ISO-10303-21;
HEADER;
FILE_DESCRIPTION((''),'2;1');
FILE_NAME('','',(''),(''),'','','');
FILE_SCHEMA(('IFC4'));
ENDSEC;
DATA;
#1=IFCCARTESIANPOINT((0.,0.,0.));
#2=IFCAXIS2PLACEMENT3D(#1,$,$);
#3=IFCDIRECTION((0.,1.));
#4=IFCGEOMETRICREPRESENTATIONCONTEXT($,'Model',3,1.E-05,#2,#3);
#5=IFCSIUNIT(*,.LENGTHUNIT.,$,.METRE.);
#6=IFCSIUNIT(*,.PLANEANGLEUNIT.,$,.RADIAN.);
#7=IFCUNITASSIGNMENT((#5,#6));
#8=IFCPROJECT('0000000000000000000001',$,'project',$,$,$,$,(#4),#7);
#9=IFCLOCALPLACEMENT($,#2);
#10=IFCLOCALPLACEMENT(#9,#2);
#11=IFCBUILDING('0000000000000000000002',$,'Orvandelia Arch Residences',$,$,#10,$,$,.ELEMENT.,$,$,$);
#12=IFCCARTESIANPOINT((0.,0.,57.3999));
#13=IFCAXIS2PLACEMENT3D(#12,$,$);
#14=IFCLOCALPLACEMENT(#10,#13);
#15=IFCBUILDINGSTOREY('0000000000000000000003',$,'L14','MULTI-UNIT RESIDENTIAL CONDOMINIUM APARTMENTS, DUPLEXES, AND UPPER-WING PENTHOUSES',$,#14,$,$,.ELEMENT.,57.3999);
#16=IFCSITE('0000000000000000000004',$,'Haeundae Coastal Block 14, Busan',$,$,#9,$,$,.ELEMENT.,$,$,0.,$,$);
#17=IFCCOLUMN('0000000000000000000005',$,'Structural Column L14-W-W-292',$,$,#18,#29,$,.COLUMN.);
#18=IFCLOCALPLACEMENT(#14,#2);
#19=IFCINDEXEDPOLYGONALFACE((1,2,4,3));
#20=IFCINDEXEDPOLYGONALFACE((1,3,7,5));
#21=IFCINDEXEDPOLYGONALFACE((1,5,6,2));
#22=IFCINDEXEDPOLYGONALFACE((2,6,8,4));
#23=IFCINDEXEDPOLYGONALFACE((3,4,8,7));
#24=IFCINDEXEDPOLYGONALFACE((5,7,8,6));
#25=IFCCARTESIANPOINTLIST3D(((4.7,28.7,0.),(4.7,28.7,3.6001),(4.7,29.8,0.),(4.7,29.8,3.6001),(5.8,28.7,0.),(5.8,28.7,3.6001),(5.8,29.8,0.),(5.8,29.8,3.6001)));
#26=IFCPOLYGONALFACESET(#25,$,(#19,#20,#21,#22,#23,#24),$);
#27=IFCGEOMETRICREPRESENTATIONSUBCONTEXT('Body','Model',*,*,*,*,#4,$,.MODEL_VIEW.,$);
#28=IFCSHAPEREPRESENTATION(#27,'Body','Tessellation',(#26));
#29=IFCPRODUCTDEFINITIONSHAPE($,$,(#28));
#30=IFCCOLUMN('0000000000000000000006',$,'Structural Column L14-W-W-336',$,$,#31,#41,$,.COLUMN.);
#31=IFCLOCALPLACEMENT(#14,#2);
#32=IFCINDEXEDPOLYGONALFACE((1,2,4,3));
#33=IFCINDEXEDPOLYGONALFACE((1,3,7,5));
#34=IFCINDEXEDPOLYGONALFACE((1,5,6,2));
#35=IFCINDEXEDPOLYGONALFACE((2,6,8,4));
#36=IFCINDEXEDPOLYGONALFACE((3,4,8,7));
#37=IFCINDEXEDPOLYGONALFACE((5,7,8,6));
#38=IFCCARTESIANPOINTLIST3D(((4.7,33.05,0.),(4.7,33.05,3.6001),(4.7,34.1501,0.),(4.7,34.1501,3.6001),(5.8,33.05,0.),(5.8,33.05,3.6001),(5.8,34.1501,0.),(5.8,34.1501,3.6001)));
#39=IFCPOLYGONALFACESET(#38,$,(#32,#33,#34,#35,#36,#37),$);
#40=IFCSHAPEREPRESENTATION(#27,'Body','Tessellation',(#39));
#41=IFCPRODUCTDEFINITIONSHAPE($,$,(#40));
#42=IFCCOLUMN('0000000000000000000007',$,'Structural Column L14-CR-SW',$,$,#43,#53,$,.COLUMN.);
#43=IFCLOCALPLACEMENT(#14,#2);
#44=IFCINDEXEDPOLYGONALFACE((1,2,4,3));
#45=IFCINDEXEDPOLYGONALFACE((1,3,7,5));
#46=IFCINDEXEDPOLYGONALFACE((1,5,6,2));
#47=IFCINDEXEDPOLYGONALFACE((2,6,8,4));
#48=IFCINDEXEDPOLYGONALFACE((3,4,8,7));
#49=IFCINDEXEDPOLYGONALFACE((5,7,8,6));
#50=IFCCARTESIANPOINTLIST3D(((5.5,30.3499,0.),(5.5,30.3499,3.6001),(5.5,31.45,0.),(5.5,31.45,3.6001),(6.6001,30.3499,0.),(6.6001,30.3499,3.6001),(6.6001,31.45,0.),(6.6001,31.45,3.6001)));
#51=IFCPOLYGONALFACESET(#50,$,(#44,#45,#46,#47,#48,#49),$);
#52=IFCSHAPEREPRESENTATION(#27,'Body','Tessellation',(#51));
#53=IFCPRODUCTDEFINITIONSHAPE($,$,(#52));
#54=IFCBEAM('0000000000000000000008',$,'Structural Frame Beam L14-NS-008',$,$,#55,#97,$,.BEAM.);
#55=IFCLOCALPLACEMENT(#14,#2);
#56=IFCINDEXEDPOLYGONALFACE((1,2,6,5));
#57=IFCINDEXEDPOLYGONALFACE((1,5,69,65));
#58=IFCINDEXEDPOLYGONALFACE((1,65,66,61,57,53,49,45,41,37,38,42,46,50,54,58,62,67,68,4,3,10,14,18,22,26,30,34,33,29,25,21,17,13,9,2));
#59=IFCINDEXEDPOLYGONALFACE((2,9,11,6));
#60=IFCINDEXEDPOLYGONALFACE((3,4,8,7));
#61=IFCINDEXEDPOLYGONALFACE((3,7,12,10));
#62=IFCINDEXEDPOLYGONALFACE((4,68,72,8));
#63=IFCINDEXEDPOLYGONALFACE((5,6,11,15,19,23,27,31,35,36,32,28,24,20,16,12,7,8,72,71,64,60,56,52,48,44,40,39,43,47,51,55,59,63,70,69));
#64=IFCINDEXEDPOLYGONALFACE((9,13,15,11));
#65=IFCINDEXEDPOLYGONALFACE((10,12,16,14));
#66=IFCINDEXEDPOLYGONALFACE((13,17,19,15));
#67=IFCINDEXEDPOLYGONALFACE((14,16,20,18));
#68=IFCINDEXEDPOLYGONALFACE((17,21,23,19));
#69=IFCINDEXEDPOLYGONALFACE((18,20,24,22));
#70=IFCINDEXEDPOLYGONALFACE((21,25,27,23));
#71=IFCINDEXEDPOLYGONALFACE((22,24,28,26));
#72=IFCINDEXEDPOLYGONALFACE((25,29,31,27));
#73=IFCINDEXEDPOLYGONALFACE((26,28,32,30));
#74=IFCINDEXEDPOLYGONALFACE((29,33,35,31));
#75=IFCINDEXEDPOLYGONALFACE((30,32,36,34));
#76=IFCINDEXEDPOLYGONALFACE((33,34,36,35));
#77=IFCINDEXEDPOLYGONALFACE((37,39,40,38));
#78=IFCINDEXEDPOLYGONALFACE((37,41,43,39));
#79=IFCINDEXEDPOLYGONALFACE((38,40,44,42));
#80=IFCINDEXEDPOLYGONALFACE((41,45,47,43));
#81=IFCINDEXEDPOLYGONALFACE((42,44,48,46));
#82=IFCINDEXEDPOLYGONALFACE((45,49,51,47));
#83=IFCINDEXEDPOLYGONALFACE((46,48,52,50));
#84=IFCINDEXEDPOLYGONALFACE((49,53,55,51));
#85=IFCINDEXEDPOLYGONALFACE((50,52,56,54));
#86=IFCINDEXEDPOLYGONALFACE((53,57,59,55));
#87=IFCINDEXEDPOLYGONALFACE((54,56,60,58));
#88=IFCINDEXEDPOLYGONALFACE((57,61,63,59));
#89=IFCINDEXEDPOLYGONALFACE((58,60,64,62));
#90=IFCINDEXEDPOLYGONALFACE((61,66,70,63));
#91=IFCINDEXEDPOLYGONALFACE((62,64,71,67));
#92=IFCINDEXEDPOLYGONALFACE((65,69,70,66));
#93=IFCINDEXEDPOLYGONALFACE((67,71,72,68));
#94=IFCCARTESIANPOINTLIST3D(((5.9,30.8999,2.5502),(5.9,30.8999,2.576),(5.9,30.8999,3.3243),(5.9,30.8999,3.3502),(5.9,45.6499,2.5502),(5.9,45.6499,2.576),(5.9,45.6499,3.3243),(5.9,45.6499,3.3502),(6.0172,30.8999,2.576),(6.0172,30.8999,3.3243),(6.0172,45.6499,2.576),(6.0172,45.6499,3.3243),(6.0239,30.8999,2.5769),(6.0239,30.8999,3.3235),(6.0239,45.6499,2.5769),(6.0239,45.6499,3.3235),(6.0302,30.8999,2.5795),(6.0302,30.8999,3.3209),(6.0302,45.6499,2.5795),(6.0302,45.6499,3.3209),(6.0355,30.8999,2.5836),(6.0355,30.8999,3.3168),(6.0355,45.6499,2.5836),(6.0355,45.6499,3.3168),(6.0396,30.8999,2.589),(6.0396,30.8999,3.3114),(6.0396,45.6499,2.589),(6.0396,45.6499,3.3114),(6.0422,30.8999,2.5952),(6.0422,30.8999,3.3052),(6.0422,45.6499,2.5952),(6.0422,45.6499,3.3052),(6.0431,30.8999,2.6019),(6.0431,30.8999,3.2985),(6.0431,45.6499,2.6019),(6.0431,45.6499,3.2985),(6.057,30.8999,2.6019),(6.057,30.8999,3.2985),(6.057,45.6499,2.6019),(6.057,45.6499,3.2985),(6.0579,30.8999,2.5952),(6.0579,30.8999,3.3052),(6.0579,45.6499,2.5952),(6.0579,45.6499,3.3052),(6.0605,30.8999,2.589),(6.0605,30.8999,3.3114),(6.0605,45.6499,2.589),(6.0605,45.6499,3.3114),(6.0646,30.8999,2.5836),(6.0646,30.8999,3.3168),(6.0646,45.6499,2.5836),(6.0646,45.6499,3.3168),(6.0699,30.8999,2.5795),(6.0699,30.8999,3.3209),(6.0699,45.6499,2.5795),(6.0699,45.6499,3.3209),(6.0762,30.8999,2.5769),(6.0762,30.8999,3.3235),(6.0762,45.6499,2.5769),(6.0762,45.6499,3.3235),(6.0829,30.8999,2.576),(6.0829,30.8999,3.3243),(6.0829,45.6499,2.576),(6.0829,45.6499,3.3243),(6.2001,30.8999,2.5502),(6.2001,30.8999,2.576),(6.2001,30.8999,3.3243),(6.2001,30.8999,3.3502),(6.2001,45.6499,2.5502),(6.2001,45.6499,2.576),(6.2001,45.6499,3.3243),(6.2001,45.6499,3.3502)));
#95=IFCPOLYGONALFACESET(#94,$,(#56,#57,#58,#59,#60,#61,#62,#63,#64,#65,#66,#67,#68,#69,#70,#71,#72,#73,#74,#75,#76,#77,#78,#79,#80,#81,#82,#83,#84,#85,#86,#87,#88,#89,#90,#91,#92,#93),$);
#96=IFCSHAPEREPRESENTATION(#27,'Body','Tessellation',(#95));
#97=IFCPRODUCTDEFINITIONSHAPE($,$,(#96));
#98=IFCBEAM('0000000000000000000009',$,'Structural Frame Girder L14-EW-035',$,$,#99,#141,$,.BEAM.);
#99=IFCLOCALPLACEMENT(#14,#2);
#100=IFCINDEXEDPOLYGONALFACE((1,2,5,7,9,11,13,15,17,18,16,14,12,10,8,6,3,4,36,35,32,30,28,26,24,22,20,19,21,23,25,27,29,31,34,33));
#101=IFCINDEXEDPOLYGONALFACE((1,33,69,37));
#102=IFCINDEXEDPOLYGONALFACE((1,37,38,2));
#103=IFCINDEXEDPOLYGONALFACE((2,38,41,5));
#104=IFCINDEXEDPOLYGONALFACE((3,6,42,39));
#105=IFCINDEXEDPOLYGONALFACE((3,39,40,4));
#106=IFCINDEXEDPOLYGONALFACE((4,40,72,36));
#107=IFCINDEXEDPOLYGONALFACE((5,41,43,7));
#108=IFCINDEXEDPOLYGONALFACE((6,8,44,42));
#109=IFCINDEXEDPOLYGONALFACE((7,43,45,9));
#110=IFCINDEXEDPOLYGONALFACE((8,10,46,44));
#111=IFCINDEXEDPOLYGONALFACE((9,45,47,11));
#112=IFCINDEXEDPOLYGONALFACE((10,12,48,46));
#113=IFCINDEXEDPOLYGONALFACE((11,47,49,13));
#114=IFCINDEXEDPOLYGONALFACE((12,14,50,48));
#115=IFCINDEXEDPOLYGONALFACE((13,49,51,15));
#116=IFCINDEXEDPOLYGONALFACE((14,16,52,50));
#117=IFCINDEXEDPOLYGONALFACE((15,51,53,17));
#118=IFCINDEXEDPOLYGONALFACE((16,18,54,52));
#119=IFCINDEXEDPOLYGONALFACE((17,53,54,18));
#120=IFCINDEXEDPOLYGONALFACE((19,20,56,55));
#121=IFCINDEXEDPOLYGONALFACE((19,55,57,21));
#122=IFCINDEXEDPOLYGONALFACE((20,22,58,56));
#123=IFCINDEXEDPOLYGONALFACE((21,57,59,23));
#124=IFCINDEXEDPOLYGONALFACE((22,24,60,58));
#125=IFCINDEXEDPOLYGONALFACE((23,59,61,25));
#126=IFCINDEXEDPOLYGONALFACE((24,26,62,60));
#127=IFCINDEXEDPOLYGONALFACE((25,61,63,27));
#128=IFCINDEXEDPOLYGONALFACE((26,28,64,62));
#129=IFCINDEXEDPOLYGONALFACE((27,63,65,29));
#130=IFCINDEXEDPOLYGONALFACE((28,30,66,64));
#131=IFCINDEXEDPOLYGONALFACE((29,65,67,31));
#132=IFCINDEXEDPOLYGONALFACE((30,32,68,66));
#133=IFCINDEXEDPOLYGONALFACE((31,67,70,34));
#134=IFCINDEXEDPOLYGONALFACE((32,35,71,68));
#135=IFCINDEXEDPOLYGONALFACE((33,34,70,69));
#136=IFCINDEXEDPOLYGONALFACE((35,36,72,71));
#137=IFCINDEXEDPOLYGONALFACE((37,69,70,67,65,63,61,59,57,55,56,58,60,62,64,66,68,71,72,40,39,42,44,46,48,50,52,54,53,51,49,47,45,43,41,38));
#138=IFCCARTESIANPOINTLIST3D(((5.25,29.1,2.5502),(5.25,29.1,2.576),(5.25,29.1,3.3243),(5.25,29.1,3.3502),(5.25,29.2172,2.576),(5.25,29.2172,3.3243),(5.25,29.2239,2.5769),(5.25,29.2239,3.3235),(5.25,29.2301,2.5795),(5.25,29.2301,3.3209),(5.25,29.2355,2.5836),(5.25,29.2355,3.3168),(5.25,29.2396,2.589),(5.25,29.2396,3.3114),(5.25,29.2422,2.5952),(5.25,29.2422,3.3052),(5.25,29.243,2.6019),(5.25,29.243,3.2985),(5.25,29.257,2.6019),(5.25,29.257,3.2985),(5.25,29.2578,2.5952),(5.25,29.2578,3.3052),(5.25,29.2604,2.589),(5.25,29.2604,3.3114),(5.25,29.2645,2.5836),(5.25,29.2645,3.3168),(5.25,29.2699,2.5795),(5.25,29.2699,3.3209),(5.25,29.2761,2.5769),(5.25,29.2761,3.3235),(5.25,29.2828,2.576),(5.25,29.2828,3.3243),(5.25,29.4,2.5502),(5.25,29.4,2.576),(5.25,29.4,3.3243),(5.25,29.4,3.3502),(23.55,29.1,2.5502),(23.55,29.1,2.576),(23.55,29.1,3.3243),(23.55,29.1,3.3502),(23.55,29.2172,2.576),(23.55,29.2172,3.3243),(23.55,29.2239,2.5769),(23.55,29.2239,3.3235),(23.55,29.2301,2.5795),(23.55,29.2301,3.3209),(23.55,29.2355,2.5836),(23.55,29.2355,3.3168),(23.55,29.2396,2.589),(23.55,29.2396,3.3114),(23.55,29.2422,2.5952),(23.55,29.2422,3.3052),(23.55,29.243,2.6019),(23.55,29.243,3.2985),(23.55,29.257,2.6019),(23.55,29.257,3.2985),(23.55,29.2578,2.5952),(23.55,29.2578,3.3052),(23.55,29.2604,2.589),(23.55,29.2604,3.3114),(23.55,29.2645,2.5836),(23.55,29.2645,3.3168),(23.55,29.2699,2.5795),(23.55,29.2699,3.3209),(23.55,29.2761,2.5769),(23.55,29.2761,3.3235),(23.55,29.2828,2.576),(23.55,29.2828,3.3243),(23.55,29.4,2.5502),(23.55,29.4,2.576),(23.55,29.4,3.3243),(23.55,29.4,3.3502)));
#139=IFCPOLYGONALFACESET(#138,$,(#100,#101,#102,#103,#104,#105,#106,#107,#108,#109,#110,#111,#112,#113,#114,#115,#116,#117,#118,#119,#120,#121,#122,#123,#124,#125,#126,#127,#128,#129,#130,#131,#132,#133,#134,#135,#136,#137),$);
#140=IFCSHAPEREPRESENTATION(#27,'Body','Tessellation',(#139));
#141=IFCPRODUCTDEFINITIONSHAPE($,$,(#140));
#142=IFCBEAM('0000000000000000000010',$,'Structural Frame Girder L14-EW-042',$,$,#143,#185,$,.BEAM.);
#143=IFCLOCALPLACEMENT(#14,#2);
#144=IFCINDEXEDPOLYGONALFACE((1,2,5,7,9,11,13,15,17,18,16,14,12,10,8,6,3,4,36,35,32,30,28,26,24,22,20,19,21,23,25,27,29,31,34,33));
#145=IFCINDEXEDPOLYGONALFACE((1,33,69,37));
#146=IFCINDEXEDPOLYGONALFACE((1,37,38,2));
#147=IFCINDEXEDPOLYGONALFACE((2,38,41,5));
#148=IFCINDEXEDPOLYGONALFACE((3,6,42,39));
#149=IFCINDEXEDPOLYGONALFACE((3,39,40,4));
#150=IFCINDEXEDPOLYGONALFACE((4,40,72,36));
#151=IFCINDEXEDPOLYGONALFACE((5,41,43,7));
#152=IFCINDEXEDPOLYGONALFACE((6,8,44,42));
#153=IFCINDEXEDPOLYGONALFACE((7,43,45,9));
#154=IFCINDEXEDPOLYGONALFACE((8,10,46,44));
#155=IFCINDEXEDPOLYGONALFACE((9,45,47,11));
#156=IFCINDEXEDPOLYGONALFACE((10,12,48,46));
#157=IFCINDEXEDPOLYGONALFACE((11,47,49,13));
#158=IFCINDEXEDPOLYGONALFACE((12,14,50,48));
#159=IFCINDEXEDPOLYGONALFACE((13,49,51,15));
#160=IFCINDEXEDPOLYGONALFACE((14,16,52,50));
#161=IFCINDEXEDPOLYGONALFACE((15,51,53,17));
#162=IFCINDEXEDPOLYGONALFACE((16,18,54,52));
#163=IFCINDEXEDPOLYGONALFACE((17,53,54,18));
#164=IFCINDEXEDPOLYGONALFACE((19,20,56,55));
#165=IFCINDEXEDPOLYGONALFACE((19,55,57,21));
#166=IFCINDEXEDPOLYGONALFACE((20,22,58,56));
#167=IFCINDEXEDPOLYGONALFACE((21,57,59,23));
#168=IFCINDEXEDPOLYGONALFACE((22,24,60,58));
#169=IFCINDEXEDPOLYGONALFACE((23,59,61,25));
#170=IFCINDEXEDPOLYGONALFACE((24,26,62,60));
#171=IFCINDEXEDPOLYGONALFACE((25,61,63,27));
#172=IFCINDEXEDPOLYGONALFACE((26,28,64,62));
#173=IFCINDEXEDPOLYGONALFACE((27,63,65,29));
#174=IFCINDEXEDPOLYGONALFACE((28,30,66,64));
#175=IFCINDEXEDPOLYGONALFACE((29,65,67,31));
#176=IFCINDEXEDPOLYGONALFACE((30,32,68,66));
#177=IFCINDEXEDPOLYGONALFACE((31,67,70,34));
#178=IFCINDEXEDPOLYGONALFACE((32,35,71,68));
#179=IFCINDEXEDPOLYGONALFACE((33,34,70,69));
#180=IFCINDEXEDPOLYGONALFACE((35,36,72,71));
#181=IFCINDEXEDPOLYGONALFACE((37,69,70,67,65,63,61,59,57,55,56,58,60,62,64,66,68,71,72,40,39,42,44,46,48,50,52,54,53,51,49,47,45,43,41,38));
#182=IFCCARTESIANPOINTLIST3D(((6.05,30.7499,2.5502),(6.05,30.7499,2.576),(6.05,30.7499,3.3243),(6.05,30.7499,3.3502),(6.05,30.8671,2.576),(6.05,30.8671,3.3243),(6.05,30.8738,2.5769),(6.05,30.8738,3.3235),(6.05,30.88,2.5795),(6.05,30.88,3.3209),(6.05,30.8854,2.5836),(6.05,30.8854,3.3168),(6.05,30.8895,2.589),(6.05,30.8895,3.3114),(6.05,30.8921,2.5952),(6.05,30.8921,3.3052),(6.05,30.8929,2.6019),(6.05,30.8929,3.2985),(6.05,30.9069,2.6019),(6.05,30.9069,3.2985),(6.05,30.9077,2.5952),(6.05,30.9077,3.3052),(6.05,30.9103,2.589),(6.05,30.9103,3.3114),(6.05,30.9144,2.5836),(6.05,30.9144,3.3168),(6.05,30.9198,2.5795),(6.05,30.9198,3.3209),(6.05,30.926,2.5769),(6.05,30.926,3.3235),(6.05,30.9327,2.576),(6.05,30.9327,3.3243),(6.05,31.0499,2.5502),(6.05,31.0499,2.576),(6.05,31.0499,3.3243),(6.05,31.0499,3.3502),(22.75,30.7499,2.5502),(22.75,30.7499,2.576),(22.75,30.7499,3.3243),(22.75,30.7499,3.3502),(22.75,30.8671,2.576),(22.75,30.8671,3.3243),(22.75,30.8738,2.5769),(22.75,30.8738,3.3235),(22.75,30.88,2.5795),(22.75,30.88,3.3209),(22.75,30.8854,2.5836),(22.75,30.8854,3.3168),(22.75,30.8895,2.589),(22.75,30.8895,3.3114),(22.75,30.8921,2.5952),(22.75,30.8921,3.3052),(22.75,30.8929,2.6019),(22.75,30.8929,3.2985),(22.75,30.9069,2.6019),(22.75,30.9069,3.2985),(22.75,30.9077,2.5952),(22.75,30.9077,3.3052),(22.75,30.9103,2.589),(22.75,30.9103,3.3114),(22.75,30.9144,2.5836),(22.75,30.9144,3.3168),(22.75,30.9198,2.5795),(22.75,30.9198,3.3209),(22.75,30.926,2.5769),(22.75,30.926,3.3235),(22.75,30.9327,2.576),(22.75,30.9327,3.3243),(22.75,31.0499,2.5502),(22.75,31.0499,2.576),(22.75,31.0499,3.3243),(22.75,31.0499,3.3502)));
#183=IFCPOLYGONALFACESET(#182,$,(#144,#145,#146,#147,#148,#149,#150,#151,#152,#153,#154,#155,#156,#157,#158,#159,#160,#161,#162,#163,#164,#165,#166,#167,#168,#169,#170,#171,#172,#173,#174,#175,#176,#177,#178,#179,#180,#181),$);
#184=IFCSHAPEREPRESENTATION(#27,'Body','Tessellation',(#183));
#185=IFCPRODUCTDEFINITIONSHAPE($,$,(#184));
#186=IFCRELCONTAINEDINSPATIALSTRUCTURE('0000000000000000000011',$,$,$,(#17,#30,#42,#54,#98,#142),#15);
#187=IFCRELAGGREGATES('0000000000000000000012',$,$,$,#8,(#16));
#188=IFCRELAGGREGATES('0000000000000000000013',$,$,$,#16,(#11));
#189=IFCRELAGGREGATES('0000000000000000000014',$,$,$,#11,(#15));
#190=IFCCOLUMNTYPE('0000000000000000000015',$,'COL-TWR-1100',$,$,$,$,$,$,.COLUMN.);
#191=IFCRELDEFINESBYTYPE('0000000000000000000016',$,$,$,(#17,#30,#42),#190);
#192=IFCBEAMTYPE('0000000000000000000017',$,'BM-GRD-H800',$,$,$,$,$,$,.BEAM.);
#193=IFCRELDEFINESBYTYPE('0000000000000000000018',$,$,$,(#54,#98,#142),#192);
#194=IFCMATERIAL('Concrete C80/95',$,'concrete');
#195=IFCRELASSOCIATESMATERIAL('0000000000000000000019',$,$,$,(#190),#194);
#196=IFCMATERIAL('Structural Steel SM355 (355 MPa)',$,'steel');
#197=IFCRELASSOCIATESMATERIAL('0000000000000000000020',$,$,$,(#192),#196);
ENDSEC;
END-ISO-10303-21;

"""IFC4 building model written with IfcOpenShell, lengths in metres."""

from ifc_helpers import new_model, si_unit, direction, frame, origin, origin_2d, place, context, subcontext, project, spatial, rectangle, i_section, extrude, material, material_profile, profile_set, type_object, element, save


model = new_model("IFC4")

# Units and contexts
model_context = context("Model", 3, precision=1e-05, world=origin(), true_north=direction((0.0, 1.0)))
body_context = subcontext(model_context, "Body", "Model", "MODEL_VIEW")
ifc_project = project(units=[si_unit("LENGTHUNIT", "METRE"), si_unit("PLANEANGLEUNIT", "RADIAN")], contexts=[model_context])

# Site, building, storey
site_placement = place(None, origin())
site = spatial("IfcSite", under=ifc_project, at=site_placement, Name="Haeundae Coastal Block 14, Busan", CompositionType="ELEMENT", RefElevation=0.0)
building_placement = place(site_placement, origin())
building = spatial("IfcBuilding", under=site, at=building_placement, Name="Orvandelia Arch Residences", CompositionType="ELEMENT")
storey_placement = place(building_placement, frame((0.0, 0.0, 57.3999)))
storey = spatial("IfcBuildingStorey", under=building, at=storey_placement, Name="L14", Description="MULTI-UNIT RESIDENTIAL CONDOMINIUM APARTMENTS, DUPLEXES, AND UPPER-WING PENTHOUSES", CompositionType="ELEMENT", Elevation=57.3999)

# Columns
ifc_material_1 = material(Name="Concrete C80/95", Category="concrete")
ifc_material_profile_1 = material_profile(ifc_material_1, rectangle(XDim=1.1001, YDim=1.1001, at=origin_2d()), Name="Concrete C80/95", Category="concrete")
ifc_profile_set_1 = profile_set([ifc_material_profile_1], Name="Concrete C80/95")
column_type = type_object("IfcColumnType", Name="COL-TWR-1100", PredefinedType="COLUMN", material=ifc_profile_set_1)
for number, where, z_axis, x_axis, name in (
    (1, (5.25, 29.25, 0.0), (0.0, 0.0, 1.0), (1.0, 0.0, 0.0), "Structural Column L14-W-W-292"),
    (2, (5.25, 33.6001, 0.0), (0.0, 0.0, 1.0), (1.0, 0.0, 0.0), "Structural Column L14-W-W-336"),
    (3, (6.05, 30.8999, 0.0), (0.0, 0.0, 1.0), (1.0, 0.0, 0.0), "Structural Column L14-CR-SW"),
):
    element("IfcColumn", number, at=place(storey_placement, frame(where, z_axis=z_axis, x_axis=x_axis)), inside=storey, type_object=column_type, Name=name, PredefinedType="COLUMN", context=body_context, shape_type="SweptSolid", body=[
        extrude(rectangle(XDim=1.1001, YDim=1.1001, at=origin_2d()), origin(), (0.0, 0.0, 1.0), 3.6001),
    ])

# Beams
ifc_material_2 = material(Name="Structural Steel SM355 (355 MPa)", Category="steel")
ifc_material_profile_2 = material_profile(ifc_material_2, i_section(OverallWidth=0.3, OverallDepth=0.8, WebThickness=0.0139, FlangeThickness=0.0259, FilletRadius=0.0259, at=origin_2d()), Name="Structural Steel SM355 (355 MPa)", Category="steel")
ifc_profile_set_2 = profile_set([ifc_material_profile_2], Name="Structural Steel SM355 (355 MPa)")
beam_type_1 = type_object("IfcBeamType", Name="BM-GRD-H800", PredefinedType="BEAM", material=ifc_profile_set_2)
beam_1_placement = place(storey_placement, frame((6.05, 30.8999, 2.9502), z_axis=(0.0, 1.0, 0.0), x_axis=(-1.0, 0.0, 0.0)))
element("IfcBeam", 4, at=beam_1_placement, inside=storey, type_object=beam_type_1, Name="Structural Frame Beam L14-NS-008", PredefinedType="BEAM", context=body_context, shape_type="SweptSolid", body=[
    extrude(i_section(OverallWidth=0.3, OverallDepth=0.8, WebThickness=0.0139, FlangeThickness=0.0259, FilletRadius=0.0259, at=origin_2d()), origin(), (0.0, 0.0, 1.0), 14.75),
])
beam_2_placement = place(storey_placement, frame((5.25, 29.25, 2.9502), z_axis=(1.0, 0.0, 0.0), x_axis=(0.0, 1.0, 0.0)))
element("IfcBeam", 5, at=beam_2_placement, inside=storey, type_object=beam_type_1, Name="Structural Frame Girder L14-EW-035", PredefinedType="BEAM", context=body_context, shape_type="SweptSolid", body=[
    extrude(i_section(OverallWidth=0.3, OverallDepth=0.8, WebThickness=0.0139, FlangeThickness=0.0259, FilletRadius=0.0259, at=origin_2d()), origin(), (0.0, 0.0, 1.0), 18.3),
])
beam_3_placement = place(storey_placement, frame((6.05, 30.8999, 2.9502), z_axis=(1.0, 0.0, 0.0), x_axis=(0.0, 1.0, 0.0)))
element("IfcBeam", 6, at=beam_3_placement, inside=storey, type_object=beam_type_1, Name="Structural Frame Girder L14-EW-042", PredefinedType="BEAM", context=body_context, shape_type="SweptSolid", body=[
    extrude(i_section(OverallWidth=0.3, OverallDepth=0.8, WebThickness=0.0139, FlangeThickness=0.0259, FilletRadius=0.0259, at=origin_2d()), origin(), (0.0, 0.0, 1.0), 16.7),
])

save(model, "model.ifc")
